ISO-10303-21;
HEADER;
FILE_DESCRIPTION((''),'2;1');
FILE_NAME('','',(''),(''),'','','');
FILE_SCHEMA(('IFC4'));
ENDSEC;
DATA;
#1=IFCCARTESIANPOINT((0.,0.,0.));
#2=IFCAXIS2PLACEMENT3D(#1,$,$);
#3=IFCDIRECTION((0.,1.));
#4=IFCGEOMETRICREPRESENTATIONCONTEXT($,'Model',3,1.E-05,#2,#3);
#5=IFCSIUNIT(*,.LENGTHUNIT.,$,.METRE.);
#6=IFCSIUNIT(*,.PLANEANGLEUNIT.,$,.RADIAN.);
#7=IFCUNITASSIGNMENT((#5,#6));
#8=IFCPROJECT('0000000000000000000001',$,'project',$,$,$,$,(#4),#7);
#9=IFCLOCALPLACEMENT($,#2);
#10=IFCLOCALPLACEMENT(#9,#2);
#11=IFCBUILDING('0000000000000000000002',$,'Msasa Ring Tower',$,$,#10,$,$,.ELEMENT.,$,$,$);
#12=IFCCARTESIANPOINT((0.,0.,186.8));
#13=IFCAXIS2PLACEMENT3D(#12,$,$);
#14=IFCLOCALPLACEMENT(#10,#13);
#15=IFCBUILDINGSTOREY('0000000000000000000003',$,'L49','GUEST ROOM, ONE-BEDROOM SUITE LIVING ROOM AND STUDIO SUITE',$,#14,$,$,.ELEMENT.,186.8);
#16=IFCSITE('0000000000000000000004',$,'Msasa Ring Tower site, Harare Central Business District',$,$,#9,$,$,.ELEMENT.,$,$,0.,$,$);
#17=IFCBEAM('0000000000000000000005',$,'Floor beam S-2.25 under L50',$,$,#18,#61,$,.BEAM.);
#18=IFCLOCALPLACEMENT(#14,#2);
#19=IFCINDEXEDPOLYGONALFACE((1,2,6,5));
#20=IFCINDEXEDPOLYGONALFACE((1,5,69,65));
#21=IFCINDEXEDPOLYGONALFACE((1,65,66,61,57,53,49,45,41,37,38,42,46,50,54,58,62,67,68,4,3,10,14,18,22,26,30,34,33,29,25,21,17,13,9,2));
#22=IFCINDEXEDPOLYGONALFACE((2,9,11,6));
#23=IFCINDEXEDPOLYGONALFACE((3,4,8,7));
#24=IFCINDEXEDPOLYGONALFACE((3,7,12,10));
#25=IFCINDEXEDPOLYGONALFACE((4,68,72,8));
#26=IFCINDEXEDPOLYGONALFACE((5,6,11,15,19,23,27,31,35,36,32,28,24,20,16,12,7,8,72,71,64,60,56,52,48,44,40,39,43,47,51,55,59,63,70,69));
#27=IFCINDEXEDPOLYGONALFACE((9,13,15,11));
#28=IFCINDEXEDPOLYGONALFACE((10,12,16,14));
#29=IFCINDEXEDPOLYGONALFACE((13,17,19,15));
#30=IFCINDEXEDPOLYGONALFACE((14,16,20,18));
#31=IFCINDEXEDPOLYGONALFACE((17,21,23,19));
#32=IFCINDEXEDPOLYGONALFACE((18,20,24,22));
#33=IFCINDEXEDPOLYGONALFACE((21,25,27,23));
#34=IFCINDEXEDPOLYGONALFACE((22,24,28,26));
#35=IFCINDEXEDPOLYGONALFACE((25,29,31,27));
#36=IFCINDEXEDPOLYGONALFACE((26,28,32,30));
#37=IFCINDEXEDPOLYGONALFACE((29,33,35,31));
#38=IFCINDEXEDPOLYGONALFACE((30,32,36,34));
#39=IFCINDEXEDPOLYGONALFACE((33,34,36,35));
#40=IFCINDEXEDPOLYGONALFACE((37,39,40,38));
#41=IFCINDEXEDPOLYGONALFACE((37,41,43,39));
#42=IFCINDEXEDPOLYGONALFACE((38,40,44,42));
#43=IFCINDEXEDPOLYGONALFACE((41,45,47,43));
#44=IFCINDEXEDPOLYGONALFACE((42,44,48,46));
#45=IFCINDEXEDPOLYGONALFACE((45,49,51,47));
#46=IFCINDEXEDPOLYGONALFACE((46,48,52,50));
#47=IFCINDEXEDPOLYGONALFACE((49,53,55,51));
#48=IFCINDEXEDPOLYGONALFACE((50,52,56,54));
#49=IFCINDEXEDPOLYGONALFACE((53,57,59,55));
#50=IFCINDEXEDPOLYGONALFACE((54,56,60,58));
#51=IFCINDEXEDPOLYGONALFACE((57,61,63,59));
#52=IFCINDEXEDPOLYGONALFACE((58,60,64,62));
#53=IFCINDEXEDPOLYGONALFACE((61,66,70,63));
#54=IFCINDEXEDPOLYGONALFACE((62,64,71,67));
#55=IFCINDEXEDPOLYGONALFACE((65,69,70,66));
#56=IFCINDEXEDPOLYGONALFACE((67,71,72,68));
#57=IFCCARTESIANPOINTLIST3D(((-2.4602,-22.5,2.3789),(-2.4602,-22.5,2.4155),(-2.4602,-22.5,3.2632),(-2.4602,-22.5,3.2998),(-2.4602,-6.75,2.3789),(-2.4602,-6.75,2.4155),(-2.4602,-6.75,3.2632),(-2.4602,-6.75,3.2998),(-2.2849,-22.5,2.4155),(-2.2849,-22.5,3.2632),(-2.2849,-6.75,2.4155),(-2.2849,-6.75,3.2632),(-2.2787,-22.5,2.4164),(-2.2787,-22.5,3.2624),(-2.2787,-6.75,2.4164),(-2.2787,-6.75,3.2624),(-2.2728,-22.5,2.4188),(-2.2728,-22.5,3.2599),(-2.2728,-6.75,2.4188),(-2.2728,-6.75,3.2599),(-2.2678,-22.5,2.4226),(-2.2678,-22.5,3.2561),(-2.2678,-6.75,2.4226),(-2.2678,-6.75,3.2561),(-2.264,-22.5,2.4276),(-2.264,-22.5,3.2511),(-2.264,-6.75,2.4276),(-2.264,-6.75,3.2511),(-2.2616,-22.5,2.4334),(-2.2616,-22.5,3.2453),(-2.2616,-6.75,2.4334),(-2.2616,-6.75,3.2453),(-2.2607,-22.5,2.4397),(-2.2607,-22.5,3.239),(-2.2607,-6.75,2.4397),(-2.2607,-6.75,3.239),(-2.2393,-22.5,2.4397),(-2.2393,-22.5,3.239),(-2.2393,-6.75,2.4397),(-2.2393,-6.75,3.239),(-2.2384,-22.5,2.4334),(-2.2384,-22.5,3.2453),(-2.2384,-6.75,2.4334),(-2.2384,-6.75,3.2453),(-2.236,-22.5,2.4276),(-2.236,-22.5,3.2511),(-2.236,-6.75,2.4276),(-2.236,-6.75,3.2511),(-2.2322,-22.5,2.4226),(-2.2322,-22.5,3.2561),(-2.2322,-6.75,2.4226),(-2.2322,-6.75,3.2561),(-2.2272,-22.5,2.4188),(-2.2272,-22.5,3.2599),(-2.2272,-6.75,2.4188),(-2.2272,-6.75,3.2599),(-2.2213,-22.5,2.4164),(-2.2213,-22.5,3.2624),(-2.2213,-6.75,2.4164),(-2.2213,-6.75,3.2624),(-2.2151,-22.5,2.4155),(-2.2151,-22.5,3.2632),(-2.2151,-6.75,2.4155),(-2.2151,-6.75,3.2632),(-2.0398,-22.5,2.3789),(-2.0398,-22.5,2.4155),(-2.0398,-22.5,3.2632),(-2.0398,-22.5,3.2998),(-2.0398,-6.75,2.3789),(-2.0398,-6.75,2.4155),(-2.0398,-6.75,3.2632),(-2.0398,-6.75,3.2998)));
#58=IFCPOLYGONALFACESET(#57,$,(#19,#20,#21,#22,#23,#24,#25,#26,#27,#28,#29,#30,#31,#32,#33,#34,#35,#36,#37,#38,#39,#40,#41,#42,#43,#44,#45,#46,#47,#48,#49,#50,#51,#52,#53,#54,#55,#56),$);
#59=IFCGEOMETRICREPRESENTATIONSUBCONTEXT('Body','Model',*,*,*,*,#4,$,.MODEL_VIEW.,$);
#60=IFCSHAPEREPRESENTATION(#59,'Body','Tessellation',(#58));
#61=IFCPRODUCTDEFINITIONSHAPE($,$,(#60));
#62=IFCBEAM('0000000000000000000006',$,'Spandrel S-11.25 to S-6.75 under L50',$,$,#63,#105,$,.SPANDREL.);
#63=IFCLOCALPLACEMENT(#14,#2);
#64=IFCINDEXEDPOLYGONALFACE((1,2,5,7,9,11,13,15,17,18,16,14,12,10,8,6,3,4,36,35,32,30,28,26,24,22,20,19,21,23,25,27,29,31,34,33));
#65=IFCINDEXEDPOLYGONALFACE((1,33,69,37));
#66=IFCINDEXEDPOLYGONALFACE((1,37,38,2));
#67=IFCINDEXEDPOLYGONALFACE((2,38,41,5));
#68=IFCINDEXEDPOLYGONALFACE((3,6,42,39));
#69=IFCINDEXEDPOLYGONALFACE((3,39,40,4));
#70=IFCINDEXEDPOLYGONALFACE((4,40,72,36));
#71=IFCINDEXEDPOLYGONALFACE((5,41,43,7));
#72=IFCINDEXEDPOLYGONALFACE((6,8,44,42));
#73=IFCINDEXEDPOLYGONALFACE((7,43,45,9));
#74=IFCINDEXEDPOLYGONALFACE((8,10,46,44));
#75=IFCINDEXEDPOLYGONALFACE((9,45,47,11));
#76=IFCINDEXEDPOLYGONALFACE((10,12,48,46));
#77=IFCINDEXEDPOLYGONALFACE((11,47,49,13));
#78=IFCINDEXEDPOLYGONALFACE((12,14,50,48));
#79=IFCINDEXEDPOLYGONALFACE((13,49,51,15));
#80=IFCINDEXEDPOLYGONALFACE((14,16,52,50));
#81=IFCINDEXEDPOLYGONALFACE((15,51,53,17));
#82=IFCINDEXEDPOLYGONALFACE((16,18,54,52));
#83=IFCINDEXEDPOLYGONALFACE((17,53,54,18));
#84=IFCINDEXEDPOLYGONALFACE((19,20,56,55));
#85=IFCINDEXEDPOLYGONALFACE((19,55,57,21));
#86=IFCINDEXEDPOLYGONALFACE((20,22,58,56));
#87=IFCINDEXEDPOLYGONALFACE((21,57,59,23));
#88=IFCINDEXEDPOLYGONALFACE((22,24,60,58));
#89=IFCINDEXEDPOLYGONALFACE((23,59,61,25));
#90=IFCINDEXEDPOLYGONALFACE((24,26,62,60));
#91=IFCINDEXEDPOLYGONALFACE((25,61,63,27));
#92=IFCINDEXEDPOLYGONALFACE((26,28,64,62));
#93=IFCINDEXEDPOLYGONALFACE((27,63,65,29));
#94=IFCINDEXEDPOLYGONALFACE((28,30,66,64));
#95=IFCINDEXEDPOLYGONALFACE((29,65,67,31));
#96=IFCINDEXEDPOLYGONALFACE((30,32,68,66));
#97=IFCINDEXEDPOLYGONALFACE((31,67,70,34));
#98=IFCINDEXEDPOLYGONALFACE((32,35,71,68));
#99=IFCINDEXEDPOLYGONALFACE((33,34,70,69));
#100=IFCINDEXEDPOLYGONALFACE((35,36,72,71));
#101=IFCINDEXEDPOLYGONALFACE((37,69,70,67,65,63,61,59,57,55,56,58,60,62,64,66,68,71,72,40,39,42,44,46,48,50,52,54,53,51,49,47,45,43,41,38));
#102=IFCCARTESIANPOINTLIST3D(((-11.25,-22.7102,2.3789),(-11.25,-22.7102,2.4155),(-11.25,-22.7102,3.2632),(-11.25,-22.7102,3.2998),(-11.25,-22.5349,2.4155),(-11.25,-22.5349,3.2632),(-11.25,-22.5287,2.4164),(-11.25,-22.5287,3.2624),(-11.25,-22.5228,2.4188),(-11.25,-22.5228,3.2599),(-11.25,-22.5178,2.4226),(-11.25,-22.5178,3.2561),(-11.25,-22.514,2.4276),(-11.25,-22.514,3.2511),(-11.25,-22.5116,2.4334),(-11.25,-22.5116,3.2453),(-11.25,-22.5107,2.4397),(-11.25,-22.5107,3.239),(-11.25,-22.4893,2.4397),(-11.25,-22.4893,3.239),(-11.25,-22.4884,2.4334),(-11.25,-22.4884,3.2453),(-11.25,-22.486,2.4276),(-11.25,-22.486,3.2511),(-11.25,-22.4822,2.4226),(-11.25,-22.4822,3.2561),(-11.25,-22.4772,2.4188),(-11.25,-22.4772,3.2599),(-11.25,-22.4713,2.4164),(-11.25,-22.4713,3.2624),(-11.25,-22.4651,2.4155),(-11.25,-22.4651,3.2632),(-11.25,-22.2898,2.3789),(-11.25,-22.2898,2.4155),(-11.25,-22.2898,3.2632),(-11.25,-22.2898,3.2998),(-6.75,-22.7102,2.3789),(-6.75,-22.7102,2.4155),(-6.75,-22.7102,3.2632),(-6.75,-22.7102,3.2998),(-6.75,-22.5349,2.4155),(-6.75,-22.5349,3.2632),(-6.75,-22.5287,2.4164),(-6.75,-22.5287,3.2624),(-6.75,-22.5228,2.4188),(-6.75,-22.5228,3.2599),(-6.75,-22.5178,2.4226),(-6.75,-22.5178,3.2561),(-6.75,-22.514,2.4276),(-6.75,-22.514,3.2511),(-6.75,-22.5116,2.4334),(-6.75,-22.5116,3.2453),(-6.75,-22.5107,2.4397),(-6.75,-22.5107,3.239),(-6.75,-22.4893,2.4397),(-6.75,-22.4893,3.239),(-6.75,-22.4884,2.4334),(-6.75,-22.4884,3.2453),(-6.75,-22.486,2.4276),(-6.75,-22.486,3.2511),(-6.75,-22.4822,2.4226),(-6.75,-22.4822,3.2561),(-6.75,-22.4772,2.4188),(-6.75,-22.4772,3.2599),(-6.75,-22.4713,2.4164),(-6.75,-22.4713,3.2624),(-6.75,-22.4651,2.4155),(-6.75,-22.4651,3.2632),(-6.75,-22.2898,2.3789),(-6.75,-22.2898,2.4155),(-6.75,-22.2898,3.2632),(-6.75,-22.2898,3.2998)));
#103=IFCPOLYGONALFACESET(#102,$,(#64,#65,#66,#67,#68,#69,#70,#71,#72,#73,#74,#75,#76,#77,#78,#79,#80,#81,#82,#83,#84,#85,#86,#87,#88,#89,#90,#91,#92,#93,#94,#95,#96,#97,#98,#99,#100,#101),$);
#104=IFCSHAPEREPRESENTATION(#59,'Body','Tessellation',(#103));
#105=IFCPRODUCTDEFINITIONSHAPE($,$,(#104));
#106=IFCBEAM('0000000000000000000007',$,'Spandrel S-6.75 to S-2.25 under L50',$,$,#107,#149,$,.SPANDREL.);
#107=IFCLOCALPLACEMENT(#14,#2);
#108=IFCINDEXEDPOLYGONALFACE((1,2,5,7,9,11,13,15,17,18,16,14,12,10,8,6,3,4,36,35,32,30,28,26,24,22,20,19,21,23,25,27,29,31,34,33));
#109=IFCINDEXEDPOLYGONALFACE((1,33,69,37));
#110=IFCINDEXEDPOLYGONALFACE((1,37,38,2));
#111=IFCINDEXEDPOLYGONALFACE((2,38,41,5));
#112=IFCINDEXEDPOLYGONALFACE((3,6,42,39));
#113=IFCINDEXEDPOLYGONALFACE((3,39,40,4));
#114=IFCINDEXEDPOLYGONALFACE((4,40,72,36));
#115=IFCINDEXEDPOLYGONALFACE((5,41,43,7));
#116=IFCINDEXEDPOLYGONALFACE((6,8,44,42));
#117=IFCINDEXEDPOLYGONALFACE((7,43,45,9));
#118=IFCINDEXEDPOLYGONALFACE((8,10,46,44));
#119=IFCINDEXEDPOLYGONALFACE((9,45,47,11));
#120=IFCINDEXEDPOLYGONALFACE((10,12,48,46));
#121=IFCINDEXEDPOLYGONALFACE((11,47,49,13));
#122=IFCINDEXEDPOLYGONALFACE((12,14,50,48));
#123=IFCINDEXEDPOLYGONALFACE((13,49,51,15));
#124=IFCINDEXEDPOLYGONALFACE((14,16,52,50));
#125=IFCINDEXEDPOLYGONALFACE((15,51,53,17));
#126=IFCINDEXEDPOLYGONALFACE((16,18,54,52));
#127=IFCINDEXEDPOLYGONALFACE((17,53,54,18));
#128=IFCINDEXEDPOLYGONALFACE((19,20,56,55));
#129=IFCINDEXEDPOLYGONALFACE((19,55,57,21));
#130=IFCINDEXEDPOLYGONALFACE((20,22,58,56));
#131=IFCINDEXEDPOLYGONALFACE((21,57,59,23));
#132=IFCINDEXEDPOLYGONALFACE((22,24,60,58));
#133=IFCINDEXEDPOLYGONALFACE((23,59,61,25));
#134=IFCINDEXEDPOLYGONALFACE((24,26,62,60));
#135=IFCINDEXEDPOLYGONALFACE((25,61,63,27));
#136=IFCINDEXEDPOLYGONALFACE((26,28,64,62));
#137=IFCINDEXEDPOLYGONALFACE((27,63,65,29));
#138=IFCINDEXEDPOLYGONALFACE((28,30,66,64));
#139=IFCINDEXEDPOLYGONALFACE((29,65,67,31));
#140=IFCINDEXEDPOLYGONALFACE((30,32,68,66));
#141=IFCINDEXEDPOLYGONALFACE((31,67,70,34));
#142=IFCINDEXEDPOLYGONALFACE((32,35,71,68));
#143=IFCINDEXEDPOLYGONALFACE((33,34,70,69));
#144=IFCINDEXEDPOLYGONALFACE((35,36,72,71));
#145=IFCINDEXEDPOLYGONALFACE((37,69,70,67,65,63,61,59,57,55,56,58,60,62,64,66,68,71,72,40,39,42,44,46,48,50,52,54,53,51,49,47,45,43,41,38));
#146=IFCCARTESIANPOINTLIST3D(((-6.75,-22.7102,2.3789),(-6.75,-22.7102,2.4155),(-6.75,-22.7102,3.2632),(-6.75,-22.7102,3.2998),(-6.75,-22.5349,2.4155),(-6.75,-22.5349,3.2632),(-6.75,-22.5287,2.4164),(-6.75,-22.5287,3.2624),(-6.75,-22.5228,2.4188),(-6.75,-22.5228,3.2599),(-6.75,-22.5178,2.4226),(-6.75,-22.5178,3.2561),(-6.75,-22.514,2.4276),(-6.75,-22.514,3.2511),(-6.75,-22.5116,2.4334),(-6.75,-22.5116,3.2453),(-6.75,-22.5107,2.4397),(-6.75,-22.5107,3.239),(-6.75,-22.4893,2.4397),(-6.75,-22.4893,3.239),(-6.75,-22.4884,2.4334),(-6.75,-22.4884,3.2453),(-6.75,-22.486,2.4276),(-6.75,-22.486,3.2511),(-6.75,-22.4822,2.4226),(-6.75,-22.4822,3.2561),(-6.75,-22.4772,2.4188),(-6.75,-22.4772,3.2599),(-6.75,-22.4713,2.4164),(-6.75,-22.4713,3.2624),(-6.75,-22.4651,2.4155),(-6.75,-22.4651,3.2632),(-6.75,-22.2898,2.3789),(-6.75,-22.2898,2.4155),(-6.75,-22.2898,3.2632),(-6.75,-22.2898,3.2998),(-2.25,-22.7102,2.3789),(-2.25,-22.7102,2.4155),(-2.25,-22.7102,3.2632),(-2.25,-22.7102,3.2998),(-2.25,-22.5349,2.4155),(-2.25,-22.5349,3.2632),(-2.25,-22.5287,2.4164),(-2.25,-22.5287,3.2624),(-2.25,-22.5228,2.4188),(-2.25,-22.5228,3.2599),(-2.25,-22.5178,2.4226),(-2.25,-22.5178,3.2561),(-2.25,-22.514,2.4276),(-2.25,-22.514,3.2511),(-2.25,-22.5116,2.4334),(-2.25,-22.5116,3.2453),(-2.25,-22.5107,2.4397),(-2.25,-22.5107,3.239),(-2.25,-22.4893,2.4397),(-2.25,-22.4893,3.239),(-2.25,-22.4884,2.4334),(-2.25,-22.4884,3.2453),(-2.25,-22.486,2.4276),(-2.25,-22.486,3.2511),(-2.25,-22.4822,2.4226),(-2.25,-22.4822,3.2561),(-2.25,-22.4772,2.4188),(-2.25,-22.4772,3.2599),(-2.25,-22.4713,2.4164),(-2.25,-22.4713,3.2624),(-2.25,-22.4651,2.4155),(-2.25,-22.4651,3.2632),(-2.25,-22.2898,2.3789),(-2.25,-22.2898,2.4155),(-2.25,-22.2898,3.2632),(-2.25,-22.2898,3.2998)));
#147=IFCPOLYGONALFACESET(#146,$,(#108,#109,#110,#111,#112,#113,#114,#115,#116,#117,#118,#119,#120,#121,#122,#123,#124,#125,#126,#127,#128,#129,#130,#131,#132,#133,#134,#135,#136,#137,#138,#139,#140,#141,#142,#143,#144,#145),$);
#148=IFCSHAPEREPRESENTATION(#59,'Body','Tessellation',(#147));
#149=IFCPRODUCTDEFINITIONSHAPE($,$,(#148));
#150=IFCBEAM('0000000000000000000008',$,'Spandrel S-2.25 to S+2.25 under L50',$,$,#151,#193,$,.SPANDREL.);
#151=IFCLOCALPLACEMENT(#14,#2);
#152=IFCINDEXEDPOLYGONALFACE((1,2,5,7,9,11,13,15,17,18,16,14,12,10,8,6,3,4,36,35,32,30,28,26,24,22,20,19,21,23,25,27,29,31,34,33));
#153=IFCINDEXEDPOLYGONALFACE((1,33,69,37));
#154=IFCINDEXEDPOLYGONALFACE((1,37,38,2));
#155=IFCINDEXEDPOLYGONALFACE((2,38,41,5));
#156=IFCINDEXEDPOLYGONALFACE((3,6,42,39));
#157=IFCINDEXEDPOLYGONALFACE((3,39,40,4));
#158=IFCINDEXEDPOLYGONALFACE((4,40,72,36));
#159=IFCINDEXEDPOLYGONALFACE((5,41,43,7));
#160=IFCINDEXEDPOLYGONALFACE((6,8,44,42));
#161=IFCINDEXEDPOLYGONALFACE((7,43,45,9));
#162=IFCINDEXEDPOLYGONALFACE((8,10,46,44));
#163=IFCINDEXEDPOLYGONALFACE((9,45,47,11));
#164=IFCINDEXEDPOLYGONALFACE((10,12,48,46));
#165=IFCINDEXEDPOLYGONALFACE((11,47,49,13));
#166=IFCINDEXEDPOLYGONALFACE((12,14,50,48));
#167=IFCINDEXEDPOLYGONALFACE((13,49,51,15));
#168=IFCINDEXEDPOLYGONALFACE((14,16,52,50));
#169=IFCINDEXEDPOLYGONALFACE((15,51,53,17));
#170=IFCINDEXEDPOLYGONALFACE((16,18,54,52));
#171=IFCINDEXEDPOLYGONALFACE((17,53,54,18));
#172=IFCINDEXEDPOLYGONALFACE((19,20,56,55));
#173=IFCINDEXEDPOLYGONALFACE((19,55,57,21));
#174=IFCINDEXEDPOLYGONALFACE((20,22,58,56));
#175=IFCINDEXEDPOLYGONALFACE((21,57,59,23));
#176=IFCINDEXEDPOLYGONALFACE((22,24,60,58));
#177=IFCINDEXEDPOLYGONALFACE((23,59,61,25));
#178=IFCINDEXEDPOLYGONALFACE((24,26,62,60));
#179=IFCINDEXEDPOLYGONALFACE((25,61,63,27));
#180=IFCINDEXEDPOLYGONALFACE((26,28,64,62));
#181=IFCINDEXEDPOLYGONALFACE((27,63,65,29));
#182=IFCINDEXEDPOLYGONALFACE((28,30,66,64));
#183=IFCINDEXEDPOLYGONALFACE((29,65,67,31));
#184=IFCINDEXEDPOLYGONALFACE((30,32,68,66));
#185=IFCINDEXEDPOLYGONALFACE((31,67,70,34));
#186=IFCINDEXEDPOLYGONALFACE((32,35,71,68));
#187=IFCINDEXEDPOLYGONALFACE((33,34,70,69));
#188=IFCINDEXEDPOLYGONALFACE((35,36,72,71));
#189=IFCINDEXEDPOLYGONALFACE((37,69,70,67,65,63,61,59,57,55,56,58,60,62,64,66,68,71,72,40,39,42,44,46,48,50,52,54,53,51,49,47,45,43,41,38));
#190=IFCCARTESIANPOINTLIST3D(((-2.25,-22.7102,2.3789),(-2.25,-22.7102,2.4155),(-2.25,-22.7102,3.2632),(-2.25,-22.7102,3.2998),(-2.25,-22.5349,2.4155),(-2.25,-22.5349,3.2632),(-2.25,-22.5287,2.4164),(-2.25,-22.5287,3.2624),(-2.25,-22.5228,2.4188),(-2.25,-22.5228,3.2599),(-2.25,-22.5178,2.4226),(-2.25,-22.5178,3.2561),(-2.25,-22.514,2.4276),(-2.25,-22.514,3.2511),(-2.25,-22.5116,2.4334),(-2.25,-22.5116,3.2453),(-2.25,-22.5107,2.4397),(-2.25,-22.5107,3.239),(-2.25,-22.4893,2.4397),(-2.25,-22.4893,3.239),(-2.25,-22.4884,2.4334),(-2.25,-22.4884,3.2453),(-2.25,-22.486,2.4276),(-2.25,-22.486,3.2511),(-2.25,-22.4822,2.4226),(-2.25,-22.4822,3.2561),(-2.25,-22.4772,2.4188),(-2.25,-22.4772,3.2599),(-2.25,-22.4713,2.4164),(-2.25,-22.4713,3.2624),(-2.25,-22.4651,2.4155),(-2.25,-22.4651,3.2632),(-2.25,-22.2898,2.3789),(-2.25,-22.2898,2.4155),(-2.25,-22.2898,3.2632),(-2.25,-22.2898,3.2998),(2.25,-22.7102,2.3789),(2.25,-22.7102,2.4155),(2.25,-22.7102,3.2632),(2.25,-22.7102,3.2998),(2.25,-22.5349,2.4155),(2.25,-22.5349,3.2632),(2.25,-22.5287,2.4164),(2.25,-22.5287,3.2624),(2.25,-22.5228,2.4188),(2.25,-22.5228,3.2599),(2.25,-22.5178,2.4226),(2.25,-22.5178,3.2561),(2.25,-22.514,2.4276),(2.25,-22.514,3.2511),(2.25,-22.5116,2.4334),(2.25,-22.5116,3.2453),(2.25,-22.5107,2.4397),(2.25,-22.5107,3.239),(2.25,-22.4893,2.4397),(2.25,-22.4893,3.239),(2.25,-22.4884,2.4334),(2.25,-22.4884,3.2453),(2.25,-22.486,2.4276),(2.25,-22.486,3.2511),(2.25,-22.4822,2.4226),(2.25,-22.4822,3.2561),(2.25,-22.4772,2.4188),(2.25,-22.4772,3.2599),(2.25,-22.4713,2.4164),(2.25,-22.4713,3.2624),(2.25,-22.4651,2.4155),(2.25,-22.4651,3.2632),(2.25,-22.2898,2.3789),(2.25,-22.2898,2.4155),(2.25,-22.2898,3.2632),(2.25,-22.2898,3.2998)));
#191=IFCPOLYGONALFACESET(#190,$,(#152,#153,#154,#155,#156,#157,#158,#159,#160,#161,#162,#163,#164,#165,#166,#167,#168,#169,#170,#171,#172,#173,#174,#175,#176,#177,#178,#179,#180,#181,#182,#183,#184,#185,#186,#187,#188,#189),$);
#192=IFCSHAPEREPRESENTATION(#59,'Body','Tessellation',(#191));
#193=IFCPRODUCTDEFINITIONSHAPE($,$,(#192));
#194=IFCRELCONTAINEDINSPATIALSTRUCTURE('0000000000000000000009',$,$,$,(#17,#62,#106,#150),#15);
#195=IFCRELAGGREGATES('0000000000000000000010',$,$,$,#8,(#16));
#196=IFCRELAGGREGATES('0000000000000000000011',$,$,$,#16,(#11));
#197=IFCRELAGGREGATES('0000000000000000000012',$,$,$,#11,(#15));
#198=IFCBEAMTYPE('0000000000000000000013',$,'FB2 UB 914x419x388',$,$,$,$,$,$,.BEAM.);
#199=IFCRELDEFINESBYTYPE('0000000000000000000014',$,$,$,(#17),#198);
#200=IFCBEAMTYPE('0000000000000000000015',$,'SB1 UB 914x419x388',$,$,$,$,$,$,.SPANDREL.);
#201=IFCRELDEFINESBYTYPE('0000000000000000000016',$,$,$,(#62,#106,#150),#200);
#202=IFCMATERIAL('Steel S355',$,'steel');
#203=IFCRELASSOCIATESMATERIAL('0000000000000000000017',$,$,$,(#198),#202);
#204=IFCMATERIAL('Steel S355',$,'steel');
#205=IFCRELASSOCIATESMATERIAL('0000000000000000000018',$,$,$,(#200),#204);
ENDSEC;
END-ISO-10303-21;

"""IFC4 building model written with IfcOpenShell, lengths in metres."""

from ifc_helpers import new_model, si_unit, direction, frame, origin, origin_2d, place, context, subcontext, project, spatial, i_section, extrude, material, material_profile, profile_set, type_object, element, save


model = new_model("IFC4")

# Units and contexts
model_context = context("Model", 3, precision=1e-05, world=origin(), true_north=direction((0.0, 1.0)))
body_context = subcontext(model_context, "Body", "Model", "MODEL_VIEW")
ifc_project = project(units=[si_unit("LENGTHUNIT", "METRE"), si_unit("PLANEANGLEUNIT", "RADIAN")], contexts=[model_context])

# Site, building, storey
site_placement = place(None, origin())
site = spatial("IfcSite", under=ifc_project, at=site_placement, Name="Msasa Ring Tower site, Harare Central Business District", CompositionType="ELEMENT", RefElevation=0.0)
building_placement = place(site_placement, origin())
building = spatial("IfcBuilding", under=site, at=building_placement, Name="Msasa Ring Tower", CompositionType="ELEMENT")
storey_placement = place(building_placement, frame((0.0, 0.0, 186.8)))
storey = spatial("IfcBuildingStorey", under=building, at=storey_placement, Name="L49", Description="GUEST ROOM, ONE-BEDROOM SUITE LIVING ROOM AND STUDIO SUITE", CompositionType="ELEMENT", Elevation=186.8)

# Beams
ifc_material_1 = material(Name="Steel S355", Category="steel")
ifc_material_profile_1 = material_profile(ifc_material_1, i_section(OverallWidth=0.4204, OverallDepth=0.9209, WebThickness=0.0215, FlangeThickness=0.0366, FilletRadius=0.0242, at=origin_2d()), Name="UB 914x419x388")
ifc_profile_set_1 = profile_set([ifc_material_profile_1], Name="Steel S355")
beam_type_1 = type_object("IfcBeamType", Name="FB2 UB 914x419x388", PredefinedType="BEAM", material=ifc_profile_set_1)
for number, where, z_axis, x_axis, name in (
    (1, (-2.25, -22.5, 2.8394), (0.0, 1.0, 0.0), (-1.0, 0.0, 0.0), "Floor beam S-2.25 under L50"),
):
    element("IfcBeam", number, at=place(storey_placement, frame(where, z_axis=z_axis, x_axis=x_axis)), inside=storey, type_object=beam_type_1, Name=name, PredefinedType="BEAM", context=body_context, shape_type="SweptSolid", body=[
        extrude(i_section(OverallWidth=0.4204, OverallDepth=0.9209, WebThickness=0.0215, FlangeThickness=0.0366, FilletRadius=0.0242, at=origin_2d()), origin(), (0.0, 0.0, 1.0), 15.75),
    ])
ifc_material_2 = material(Name="Steel S355", Category="steel")
ifc_material_profile_2 = material_profile(ifc_material_2, i_section(OverallWidth=0.4204, OverallDepth=0.9209, WebThickness=0.0215, FlangeThickness=0.0366, FilletRadius=0.0242, at=origin_2d()), Name="UB 914x419x388")
ifc_profile_set_2 = profile_set([ifc_material_profile_2], Name="Steel S355")
beam_type_2 = type_object("IfcBeamType", Name="SB1 UB 914x419x388", PredefinedType="SPANDREL", material=ifc_profile_set_2)
for number, where, z_axis, x_axis, name in (
    (2, (-11.25, -22.5, 2.8394), (1.0, 0.0, 0.0), (0.0, 1.0, 0.0), "Spandrel S-11.25 to S-6.75 under L50"),
    (3, (-6.75, -22.5, 2.8394), (1.0, 0.0, 0.0), (0.0, 1.0, 0.0), "Spandrel S-6.75 to S-2.25 under L50"),
    (4, (-2.25, -22.5, 2.8394), (1.0, 0.0, 0.0), (0.0, 1.0, 0.0), "Spandrel S-2.25 to S+2.25 under L50"),
):
    element("IfcBeam", number, at=place(storey_placement, frame(where, z_axis=z_axis, x_axis=x_axis)), inside=storey, type_object=beam_type_2, Name=name, PredefinedType="SPANDREL", context=body_context, shape_type="SweptSolid", body=[
        extrude(i_section(OverallWidth=0.4204, OverallDepth=0.9209, WebThickness=0.0215, FlangeThickness=0.0366, FilletRadius=0.0242, at=origin_2d()), origin(), (0.0, 0.0, 1.0), 4.5),
    ])

save(model, "model.ifc")
